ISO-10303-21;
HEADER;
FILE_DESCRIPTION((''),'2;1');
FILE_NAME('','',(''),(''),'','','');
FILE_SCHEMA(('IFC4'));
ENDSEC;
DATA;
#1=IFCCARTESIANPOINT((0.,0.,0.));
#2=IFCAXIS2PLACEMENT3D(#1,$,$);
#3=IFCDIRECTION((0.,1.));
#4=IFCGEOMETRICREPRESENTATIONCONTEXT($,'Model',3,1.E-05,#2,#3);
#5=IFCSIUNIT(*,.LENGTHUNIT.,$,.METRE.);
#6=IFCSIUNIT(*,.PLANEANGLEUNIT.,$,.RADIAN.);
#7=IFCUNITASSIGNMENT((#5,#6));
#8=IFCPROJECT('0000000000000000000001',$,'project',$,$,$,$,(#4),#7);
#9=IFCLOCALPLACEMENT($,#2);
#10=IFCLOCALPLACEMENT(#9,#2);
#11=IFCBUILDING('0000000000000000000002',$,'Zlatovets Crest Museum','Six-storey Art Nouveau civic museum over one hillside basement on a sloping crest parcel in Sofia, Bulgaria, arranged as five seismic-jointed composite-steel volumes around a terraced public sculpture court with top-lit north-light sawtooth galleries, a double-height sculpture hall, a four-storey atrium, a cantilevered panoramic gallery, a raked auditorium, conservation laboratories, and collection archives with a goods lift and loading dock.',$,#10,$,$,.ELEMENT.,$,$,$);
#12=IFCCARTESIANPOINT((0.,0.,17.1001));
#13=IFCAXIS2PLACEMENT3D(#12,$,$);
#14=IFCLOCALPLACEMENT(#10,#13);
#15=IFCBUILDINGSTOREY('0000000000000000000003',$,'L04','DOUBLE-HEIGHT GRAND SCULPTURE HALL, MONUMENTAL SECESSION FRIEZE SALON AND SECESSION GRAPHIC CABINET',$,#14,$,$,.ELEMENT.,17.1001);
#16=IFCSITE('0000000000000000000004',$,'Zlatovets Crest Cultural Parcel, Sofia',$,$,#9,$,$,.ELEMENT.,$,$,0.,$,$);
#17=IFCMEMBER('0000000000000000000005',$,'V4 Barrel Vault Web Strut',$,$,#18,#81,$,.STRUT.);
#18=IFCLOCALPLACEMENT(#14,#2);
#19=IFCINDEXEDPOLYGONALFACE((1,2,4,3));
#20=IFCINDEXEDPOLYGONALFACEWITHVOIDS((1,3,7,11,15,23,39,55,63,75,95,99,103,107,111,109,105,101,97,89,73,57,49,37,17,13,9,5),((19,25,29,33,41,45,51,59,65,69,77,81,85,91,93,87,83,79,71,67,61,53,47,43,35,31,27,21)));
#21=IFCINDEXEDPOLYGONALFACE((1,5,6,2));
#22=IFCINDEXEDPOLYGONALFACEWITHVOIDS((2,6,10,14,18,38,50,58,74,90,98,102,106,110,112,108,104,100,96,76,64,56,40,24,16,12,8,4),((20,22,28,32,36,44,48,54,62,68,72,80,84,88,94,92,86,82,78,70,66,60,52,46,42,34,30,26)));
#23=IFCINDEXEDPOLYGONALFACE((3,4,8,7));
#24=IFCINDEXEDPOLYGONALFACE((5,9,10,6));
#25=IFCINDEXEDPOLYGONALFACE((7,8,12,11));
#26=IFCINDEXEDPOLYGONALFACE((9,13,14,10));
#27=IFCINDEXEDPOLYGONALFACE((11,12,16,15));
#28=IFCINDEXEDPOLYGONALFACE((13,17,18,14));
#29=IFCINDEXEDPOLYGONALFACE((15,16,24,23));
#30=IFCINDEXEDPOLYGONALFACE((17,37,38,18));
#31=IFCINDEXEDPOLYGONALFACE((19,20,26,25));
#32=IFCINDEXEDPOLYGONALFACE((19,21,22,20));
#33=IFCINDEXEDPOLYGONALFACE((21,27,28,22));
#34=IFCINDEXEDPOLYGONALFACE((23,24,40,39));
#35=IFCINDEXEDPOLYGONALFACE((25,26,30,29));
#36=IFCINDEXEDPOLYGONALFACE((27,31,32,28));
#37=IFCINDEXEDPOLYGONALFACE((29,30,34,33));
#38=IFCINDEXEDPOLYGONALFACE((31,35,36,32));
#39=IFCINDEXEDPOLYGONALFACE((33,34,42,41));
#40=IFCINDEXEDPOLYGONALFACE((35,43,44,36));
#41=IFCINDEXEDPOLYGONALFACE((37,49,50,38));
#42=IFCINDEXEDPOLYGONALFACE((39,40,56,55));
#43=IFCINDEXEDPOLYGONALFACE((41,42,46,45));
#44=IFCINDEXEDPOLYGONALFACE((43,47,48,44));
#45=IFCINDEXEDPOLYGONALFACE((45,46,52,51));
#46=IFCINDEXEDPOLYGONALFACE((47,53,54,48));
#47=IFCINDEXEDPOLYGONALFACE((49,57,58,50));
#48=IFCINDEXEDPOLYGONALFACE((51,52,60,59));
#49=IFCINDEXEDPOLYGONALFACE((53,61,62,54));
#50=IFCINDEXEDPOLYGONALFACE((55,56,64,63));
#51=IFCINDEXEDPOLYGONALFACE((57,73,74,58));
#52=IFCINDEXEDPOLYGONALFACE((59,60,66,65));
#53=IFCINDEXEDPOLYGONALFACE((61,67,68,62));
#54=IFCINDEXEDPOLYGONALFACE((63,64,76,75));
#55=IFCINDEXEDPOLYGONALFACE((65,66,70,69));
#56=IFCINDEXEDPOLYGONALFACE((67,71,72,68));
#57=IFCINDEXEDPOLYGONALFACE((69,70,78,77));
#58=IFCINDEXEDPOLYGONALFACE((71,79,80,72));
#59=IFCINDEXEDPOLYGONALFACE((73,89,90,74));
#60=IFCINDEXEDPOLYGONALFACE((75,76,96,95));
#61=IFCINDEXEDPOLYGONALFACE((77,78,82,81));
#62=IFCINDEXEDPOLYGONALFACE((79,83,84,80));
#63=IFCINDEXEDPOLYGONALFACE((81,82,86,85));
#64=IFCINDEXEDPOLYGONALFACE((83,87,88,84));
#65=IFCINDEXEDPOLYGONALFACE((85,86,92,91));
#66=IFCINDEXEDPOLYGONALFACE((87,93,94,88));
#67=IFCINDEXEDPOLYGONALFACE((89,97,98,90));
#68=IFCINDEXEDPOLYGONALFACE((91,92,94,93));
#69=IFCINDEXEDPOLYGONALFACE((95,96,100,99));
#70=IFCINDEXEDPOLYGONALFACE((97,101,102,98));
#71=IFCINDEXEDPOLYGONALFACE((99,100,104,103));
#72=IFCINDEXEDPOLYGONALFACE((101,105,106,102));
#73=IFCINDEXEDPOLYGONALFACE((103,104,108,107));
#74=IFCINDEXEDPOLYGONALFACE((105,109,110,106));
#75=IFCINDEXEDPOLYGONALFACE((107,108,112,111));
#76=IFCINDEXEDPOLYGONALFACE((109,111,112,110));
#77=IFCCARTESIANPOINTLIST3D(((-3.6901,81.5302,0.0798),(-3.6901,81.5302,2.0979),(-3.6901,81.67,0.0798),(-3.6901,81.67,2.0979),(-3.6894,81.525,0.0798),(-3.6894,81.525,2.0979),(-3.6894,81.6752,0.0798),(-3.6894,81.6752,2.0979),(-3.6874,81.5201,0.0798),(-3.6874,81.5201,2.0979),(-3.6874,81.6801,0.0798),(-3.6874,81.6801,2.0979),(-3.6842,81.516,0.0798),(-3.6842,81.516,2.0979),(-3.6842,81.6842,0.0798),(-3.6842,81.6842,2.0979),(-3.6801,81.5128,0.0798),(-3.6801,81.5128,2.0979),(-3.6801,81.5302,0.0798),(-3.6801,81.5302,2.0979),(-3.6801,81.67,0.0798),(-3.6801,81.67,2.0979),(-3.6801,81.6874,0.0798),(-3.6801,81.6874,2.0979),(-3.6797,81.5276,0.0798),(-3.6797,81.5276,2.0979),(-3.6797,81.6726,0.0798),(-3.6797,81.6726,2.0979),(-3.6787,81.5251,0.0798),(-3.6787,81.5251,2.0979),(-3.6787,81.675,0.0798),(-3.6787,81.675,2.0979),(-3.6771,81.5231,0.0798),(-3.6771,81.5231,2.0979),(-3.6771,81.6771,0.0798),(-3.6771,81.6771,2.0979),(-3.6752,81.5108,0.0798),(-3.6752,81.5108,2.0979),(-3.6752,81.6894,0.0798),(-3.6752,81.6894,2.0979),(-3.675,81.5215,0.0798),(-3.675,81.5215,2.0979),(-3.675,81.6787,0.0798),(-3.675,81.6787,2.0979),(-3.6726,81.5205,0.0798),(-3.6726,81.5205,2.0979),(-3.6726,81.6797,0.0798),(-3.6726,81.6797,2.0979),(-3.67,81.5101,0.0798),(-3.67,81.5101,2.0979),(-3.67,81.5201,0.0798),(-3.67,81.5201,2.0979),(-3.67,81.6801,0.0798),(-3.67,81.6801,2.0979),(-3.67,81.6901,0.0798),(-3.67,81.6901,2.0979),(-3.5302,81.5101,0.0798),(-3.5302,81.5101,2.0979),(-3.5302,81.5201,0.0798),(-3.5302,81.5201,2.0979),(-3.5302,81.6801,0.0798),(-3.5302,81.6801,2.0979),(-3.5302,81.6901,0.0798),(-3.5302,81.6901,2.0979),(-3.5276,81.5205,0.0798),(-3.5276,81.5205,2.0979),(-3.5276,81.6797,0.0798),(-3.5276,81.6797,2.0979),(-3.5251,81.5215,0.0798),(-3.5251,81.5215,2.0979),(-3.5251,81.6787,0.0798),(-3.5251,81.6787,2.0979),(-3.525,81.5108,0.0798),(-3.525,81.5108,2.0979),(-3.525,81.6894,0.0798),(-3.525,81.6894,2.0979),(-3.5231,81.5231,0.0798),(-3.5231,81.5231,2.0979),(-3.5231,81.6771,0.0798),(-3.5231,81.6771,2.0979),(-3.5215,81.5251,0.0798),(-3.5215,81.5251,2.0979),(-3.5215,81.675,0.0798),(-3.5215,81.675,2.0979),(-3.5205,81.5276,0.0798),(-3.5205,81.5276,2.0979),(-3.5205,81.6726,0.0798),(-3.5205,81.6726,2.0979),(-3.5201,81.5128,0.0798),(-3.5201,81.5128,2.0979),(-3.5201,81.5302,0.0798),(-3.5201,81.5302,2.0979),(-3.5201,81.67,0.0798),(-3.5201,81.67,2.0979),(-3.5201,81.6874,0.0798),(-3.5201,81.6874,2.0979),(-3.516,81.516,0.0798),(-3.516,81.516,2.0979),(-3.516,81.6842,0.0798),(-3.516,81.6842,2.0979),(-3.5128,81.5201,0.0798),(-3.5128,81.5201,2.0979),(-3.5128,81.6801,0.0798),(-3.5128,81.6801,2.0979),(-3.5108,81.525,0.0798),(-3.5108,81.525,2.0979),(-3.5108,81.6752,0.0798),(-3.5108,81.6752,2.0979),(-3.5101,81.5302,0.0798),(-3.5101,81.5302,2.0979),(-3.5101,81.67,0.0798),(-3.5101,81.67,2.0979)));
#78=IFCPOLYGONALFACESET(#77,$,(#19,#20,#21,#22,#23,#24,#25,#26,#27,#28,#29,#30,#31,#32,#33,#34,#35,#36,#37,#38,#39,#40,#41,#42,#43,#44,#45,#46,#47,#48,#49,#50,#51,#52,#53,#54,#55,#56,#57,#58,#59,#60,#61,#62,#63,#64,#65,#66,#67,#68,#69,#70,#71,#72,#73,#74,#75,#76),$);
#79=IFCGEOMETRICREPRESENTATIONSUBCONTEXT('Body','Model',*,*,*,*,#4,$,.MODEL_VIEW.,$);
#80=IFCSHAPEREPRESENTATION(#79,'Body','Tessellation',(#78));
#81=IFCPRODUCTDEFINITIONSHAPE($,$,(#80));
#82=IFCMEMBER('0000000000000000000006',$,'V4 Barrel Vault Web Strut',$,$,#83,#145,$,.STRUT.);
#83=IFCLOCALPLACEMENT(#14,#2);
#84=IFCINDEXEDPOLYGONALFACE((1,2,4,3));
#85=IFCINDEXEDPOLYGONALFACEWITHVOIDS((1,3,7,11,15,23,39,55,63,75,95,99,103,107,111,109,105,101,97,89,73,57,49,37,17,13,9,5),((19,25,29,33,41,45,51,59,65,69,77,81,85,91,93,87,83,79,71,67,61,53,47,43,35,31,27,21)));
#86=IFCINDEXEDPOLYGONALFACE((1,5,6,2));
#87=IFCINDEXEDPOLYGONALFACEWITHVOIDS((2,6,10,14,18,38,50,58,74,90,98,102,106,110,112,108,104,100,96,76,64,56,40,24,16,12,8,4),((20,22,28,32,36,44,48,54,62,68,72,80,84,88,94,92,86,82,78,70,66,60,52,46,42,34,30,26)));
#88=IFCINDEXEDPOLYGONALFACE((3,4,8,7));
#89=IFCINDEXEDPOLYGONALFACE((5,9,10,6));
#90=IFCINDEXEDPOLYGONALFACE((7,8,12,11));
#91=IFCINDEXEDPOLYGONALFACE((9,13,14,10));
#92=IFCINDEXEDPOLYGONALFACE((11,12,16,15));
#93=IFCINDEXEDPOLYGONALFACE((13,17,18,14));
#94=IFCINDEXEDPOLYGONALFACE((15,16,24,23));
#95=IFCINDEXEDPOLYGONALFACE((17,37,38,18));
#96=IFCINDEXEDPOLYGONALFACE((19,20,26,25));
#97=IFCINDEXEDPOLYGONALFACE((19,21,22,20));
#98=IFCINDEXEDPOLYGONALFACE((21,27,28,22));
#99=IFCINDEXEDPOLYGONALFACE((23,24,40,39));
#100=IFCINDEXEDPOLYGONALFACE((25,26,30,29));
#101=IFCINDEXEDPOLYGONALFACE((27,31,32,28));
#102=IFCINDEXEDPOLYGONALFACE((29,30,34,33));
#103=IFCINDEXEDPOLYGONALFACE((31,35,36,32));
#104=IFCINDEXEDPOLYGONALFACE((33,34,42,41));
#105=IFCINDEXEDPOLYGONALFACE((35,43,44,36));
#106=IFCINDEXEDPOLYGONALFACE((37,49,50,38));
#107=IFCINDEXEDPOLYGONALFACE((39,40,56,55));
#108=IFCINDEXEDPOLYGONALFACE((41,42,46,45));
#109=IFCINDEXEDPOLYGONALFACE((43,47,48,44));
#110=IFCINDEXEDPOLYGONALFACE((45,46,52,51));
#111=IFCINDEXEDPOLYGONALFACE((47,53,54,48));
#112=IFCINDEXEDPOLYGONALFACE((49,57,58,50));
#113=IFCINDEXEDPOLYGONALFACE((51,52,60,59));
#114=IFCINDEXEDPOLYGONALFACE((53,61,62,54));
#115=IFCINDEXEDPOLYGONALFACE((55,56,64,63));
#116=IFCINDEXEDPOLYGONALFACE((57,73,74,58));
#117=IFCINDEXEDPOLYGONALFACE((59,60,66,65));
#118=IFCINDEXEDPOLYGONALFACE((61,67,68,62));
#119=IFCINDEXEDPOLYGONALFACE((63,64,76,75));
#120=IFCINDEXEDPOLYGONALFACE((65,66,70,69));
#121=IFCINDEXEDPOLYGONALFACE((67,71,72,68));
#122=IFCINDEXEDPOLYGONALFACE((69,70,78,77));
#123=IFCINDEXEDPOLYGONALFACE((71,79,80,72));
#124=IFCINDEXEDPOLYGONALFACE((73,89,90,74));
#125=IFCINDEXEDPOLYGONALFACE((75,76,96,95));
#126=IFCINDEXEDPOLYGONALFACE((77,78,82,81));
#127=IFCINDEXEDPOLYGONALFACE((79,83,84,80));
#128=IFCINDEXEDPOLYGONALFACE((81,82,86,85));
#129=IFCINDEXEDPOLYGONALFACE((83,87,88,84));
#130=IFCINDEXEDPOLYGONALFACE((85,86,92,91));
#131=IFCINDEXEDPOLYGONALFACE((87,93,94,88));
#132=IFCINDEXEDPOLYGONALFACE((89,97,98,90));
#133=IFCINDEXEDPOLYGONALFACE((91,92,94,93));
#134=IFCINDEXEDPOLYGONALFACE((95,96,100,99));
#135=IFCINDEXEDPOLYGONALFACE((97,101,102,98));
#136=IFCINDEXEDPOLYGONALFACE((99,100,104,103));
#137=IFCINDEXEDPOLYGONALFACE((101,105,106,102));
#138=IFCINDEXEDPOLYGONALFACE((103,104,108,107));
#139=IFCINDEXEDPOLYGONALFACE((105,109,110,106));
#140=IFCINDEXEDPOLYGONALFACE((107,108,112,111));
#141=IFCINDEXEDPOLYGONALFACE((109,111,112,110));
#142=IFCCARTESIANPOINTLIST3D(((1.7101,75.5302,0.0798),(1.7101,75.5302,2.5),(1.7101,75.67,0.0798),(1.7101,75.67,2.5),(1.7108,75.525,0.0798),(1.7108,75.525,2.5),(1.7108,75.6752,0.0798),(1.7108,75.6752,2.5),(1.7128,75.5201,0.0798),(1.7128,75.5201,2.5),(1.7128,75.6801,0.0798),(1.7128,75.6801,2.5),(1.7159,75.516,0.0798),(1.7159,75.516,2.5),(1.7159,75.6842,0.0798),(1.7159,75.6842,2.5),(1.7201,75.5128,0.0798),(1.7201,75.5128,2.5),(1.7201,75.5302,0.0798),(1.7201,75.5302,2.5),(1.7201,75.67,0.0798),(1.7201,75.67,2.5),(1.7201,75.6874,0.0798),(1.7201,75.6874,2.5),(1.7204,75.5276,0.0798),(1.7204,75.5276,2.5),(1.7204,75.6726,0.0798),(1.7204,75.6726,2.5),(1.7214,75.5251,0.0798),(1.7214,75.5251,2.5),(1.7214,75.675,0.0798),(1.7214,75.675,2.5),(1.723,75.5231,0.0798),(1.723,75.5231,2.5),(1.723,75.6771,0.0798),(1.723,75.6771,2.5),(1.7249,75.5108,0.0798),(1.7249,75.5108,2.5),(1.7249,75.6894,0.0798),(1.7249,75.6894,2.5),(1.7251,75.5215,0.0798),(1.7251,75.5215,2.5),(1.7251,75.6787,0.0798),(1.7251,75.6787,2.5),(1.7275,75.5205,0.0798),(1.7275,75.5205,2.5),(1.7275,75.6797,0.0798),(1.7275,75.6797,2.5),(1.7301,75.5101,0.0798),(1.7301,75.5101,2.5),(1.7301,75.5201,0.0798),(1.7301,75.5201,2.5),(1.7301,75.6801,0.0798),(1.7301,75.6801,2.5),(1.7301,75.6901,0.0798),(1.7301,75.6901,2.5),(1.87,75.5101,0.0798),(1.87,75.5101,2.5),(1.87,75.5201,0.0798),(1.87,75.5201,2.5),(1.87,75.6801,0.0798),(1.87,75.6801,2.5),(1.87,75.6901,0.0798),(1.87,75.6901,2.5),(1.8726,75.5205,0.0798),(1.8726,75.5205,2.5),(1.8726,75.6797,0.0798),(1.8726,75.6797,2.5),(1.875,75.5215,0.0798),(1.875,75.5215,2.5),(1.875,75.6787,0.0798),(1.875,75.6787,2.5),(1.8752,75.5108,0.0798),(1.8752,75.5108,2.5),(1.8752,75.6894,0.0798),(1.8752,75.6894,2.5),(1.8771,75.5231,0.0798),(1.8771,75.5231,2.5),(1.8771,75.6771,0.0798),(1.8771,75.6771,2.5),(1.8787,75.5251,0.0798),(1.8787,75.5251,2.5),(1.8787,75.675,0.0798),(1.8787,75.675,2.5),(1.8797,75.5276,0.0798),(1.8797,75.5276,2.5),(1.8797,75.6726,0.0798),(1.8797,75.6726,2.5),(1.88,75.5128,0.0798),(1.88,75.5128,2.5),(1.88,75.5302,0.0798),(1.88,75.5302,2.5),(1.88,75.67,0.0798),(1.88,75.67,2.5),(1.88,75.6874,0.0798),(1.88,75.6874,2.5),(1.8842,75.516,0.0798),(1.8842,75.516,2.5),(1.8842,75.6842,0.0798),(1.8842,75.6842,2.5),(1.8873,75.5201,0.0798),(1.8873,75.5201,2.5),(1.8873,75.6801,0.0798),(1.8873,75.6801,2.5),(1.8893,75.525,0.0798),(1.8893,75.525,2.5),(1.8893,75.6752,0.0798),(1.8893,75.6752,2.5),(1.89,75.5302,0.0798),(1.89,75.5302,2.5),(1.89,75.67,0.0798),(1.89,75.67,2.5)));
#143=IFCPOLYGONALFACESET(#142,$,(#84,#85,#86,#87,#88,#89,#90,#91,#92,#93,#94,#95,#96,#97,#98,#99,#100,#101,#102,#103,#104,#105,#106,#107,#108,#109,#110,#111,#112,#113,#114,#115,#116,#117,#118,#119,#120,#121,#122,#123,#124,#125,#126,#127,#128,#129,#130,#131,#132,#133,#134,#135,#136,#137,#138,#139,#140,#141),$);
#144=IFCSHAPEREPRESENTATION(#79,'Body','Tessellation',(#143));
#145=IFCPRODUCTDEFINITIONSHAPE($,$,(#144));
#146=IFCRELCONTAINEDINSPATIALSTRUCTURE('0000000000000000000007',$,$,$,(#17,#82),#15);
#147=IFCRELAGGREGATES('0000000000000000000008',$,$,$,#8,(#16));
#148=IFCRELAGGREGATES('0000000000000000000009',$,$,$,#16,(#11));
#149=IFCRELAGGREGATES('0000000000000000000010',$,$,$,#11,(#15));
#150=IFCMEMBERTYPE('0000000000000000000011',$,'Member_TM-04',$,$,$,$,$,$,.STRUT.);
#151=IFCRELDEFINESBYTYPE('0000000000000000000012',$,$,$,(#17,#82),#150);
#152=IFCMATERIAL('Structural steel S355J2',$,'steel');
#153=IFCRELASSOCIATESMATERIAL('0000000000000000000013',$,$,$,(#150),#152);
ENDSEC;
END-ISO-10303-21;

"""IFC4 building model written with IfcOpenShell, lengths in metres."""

from ifc_helpers import new_model, si_unit, direction, frame, origin, origin_2d, place, context, subcontext, project, spatial, hollow_rectangle, extrude, material, material_profile, profile_set, type_object, element, save


model = new_model("IFC4")

# Units and contexts
model_context = context("Model", 3, precision=1e-05, world=origin(), true_north=direction((0.0, 1.0)))
body_context = subcontext(model_context, "Body", "Model", "MODEL_VIEW")
ifc_project = project(units=[si_unit("LENGTHUNIT", "METRE"), si_unit("PLANEANGLEUNIT", "RADIAN")], contexts=[model_context])

# Site, building, storey
site_placement = place(None, origin())
site = spatial("IfcSite", under=ifc_project, at=site_placement, Name="Zlatovets Crest Cultural Parcel, Sofia", CompositionType="ELEMENT", RefElevation=0.0)
building_placement = place(site_placement, origin())
building = spatial("IfcBuilding", under=site, at=building_placement, Name="Zlatovets Crest Museum", Description="Six-storey Art Nouveau civic museum over one hillside basement on a sloping crest parcel in Sofia, Bulgaria, arranged as five seismic-jointed composite-steel volumes around a terraced public sculpture court with top-lit north-light sawtooth galleries, a double-height sculpture hall, a four-storey atrium, a cantilevered panoramic gallery, a raked auditorium, conservation laboratories, and collection archives with a goods lift and loading dock.", CompositionType="ELEMENT")
storey_placement = place(building_placement, frame((0.0, 0.0, 17.1001)))
storey = spatial("IfcBuildingStorey", under=building, at=storey_placement, Name="L04", Description="DOUBLE-HEIGHT GRAND SCULPTURE HALL, MONUMENTAL SECESSION FRIEZE SALON AND SECESSION GRAPHIC CABINET", CompositionType="ELEMENT", Elevation=17.1001)

# Shared definitions
ifc_material_1 = material(Name="Structural steel S355J2", Category="steel")

# Members
ifc_material_profile_1 = material_profile(ifc_material_1, hollow_rectangle(XDim=0.1799, YDim=0.1799, WallThickness=0.01, InnerFilletRadius=0.01, OuterFilletRadius=0.02, at=origin_2d()), Name="SHS 180x180x10.0")
ifc_profile_set_1 = profile_set([ifc_material_profile_1], Name="Structural steel S355J2")
member_type_1 = type_object("IfcMemberType", Name="Member_TM-04", PredefinedType="STRUT", material=ifc_profile_set_1)
member_1_placement = place(storey_placement, frame((-3.6001, 81.6001, 0.0798), z_axis=(0.0, 0.0, 1.0), x_axis=(1.0, 0.0, 0.0)))
element("IfcMember", 1, at=member_1_placement, inside=storey, type_object=member_type_1, Name="V4 Barrel Vault Web Strut", PredefinedType="STRUT", context=body_context, shape_type="SweptSolid", body=[
    extrude(hollow_rectangle(XDim=0.1799, YDim=0.1799, WallThickness=0.01, InnerFilletRadius=0.01, OuterFilletRadius=0.02, at=origin_2d()), origin(), (0.0, 0.0, 1.0), 2.0181),
])
member_2_placement = place(storey_placement, frame((1.8, 75.6001, 0.0798), z_axis=(0.0, 0.0, 1.0), x_axis=(1.0, 0.0, 0.0)))
element("IfcMember", 2, at=member_2_placement, inside=storey, type_object=member_type_1, Name="V4 Barrel Vault Web Strut", PredefinedType="STRUT", context=body_context, shape_type="SweptSolid", body=[
    extrude(hollow_rectangle(XDim=0.1799, YDim=0.1799, WallThickness=0.01, InnerFilletRadius=0.01, OuterFilletRadius=0.02, at=origin_2d()), origin(), (0.0, 0.0, 1.0), 2.4202),
])

save(model, "model.ifc")
